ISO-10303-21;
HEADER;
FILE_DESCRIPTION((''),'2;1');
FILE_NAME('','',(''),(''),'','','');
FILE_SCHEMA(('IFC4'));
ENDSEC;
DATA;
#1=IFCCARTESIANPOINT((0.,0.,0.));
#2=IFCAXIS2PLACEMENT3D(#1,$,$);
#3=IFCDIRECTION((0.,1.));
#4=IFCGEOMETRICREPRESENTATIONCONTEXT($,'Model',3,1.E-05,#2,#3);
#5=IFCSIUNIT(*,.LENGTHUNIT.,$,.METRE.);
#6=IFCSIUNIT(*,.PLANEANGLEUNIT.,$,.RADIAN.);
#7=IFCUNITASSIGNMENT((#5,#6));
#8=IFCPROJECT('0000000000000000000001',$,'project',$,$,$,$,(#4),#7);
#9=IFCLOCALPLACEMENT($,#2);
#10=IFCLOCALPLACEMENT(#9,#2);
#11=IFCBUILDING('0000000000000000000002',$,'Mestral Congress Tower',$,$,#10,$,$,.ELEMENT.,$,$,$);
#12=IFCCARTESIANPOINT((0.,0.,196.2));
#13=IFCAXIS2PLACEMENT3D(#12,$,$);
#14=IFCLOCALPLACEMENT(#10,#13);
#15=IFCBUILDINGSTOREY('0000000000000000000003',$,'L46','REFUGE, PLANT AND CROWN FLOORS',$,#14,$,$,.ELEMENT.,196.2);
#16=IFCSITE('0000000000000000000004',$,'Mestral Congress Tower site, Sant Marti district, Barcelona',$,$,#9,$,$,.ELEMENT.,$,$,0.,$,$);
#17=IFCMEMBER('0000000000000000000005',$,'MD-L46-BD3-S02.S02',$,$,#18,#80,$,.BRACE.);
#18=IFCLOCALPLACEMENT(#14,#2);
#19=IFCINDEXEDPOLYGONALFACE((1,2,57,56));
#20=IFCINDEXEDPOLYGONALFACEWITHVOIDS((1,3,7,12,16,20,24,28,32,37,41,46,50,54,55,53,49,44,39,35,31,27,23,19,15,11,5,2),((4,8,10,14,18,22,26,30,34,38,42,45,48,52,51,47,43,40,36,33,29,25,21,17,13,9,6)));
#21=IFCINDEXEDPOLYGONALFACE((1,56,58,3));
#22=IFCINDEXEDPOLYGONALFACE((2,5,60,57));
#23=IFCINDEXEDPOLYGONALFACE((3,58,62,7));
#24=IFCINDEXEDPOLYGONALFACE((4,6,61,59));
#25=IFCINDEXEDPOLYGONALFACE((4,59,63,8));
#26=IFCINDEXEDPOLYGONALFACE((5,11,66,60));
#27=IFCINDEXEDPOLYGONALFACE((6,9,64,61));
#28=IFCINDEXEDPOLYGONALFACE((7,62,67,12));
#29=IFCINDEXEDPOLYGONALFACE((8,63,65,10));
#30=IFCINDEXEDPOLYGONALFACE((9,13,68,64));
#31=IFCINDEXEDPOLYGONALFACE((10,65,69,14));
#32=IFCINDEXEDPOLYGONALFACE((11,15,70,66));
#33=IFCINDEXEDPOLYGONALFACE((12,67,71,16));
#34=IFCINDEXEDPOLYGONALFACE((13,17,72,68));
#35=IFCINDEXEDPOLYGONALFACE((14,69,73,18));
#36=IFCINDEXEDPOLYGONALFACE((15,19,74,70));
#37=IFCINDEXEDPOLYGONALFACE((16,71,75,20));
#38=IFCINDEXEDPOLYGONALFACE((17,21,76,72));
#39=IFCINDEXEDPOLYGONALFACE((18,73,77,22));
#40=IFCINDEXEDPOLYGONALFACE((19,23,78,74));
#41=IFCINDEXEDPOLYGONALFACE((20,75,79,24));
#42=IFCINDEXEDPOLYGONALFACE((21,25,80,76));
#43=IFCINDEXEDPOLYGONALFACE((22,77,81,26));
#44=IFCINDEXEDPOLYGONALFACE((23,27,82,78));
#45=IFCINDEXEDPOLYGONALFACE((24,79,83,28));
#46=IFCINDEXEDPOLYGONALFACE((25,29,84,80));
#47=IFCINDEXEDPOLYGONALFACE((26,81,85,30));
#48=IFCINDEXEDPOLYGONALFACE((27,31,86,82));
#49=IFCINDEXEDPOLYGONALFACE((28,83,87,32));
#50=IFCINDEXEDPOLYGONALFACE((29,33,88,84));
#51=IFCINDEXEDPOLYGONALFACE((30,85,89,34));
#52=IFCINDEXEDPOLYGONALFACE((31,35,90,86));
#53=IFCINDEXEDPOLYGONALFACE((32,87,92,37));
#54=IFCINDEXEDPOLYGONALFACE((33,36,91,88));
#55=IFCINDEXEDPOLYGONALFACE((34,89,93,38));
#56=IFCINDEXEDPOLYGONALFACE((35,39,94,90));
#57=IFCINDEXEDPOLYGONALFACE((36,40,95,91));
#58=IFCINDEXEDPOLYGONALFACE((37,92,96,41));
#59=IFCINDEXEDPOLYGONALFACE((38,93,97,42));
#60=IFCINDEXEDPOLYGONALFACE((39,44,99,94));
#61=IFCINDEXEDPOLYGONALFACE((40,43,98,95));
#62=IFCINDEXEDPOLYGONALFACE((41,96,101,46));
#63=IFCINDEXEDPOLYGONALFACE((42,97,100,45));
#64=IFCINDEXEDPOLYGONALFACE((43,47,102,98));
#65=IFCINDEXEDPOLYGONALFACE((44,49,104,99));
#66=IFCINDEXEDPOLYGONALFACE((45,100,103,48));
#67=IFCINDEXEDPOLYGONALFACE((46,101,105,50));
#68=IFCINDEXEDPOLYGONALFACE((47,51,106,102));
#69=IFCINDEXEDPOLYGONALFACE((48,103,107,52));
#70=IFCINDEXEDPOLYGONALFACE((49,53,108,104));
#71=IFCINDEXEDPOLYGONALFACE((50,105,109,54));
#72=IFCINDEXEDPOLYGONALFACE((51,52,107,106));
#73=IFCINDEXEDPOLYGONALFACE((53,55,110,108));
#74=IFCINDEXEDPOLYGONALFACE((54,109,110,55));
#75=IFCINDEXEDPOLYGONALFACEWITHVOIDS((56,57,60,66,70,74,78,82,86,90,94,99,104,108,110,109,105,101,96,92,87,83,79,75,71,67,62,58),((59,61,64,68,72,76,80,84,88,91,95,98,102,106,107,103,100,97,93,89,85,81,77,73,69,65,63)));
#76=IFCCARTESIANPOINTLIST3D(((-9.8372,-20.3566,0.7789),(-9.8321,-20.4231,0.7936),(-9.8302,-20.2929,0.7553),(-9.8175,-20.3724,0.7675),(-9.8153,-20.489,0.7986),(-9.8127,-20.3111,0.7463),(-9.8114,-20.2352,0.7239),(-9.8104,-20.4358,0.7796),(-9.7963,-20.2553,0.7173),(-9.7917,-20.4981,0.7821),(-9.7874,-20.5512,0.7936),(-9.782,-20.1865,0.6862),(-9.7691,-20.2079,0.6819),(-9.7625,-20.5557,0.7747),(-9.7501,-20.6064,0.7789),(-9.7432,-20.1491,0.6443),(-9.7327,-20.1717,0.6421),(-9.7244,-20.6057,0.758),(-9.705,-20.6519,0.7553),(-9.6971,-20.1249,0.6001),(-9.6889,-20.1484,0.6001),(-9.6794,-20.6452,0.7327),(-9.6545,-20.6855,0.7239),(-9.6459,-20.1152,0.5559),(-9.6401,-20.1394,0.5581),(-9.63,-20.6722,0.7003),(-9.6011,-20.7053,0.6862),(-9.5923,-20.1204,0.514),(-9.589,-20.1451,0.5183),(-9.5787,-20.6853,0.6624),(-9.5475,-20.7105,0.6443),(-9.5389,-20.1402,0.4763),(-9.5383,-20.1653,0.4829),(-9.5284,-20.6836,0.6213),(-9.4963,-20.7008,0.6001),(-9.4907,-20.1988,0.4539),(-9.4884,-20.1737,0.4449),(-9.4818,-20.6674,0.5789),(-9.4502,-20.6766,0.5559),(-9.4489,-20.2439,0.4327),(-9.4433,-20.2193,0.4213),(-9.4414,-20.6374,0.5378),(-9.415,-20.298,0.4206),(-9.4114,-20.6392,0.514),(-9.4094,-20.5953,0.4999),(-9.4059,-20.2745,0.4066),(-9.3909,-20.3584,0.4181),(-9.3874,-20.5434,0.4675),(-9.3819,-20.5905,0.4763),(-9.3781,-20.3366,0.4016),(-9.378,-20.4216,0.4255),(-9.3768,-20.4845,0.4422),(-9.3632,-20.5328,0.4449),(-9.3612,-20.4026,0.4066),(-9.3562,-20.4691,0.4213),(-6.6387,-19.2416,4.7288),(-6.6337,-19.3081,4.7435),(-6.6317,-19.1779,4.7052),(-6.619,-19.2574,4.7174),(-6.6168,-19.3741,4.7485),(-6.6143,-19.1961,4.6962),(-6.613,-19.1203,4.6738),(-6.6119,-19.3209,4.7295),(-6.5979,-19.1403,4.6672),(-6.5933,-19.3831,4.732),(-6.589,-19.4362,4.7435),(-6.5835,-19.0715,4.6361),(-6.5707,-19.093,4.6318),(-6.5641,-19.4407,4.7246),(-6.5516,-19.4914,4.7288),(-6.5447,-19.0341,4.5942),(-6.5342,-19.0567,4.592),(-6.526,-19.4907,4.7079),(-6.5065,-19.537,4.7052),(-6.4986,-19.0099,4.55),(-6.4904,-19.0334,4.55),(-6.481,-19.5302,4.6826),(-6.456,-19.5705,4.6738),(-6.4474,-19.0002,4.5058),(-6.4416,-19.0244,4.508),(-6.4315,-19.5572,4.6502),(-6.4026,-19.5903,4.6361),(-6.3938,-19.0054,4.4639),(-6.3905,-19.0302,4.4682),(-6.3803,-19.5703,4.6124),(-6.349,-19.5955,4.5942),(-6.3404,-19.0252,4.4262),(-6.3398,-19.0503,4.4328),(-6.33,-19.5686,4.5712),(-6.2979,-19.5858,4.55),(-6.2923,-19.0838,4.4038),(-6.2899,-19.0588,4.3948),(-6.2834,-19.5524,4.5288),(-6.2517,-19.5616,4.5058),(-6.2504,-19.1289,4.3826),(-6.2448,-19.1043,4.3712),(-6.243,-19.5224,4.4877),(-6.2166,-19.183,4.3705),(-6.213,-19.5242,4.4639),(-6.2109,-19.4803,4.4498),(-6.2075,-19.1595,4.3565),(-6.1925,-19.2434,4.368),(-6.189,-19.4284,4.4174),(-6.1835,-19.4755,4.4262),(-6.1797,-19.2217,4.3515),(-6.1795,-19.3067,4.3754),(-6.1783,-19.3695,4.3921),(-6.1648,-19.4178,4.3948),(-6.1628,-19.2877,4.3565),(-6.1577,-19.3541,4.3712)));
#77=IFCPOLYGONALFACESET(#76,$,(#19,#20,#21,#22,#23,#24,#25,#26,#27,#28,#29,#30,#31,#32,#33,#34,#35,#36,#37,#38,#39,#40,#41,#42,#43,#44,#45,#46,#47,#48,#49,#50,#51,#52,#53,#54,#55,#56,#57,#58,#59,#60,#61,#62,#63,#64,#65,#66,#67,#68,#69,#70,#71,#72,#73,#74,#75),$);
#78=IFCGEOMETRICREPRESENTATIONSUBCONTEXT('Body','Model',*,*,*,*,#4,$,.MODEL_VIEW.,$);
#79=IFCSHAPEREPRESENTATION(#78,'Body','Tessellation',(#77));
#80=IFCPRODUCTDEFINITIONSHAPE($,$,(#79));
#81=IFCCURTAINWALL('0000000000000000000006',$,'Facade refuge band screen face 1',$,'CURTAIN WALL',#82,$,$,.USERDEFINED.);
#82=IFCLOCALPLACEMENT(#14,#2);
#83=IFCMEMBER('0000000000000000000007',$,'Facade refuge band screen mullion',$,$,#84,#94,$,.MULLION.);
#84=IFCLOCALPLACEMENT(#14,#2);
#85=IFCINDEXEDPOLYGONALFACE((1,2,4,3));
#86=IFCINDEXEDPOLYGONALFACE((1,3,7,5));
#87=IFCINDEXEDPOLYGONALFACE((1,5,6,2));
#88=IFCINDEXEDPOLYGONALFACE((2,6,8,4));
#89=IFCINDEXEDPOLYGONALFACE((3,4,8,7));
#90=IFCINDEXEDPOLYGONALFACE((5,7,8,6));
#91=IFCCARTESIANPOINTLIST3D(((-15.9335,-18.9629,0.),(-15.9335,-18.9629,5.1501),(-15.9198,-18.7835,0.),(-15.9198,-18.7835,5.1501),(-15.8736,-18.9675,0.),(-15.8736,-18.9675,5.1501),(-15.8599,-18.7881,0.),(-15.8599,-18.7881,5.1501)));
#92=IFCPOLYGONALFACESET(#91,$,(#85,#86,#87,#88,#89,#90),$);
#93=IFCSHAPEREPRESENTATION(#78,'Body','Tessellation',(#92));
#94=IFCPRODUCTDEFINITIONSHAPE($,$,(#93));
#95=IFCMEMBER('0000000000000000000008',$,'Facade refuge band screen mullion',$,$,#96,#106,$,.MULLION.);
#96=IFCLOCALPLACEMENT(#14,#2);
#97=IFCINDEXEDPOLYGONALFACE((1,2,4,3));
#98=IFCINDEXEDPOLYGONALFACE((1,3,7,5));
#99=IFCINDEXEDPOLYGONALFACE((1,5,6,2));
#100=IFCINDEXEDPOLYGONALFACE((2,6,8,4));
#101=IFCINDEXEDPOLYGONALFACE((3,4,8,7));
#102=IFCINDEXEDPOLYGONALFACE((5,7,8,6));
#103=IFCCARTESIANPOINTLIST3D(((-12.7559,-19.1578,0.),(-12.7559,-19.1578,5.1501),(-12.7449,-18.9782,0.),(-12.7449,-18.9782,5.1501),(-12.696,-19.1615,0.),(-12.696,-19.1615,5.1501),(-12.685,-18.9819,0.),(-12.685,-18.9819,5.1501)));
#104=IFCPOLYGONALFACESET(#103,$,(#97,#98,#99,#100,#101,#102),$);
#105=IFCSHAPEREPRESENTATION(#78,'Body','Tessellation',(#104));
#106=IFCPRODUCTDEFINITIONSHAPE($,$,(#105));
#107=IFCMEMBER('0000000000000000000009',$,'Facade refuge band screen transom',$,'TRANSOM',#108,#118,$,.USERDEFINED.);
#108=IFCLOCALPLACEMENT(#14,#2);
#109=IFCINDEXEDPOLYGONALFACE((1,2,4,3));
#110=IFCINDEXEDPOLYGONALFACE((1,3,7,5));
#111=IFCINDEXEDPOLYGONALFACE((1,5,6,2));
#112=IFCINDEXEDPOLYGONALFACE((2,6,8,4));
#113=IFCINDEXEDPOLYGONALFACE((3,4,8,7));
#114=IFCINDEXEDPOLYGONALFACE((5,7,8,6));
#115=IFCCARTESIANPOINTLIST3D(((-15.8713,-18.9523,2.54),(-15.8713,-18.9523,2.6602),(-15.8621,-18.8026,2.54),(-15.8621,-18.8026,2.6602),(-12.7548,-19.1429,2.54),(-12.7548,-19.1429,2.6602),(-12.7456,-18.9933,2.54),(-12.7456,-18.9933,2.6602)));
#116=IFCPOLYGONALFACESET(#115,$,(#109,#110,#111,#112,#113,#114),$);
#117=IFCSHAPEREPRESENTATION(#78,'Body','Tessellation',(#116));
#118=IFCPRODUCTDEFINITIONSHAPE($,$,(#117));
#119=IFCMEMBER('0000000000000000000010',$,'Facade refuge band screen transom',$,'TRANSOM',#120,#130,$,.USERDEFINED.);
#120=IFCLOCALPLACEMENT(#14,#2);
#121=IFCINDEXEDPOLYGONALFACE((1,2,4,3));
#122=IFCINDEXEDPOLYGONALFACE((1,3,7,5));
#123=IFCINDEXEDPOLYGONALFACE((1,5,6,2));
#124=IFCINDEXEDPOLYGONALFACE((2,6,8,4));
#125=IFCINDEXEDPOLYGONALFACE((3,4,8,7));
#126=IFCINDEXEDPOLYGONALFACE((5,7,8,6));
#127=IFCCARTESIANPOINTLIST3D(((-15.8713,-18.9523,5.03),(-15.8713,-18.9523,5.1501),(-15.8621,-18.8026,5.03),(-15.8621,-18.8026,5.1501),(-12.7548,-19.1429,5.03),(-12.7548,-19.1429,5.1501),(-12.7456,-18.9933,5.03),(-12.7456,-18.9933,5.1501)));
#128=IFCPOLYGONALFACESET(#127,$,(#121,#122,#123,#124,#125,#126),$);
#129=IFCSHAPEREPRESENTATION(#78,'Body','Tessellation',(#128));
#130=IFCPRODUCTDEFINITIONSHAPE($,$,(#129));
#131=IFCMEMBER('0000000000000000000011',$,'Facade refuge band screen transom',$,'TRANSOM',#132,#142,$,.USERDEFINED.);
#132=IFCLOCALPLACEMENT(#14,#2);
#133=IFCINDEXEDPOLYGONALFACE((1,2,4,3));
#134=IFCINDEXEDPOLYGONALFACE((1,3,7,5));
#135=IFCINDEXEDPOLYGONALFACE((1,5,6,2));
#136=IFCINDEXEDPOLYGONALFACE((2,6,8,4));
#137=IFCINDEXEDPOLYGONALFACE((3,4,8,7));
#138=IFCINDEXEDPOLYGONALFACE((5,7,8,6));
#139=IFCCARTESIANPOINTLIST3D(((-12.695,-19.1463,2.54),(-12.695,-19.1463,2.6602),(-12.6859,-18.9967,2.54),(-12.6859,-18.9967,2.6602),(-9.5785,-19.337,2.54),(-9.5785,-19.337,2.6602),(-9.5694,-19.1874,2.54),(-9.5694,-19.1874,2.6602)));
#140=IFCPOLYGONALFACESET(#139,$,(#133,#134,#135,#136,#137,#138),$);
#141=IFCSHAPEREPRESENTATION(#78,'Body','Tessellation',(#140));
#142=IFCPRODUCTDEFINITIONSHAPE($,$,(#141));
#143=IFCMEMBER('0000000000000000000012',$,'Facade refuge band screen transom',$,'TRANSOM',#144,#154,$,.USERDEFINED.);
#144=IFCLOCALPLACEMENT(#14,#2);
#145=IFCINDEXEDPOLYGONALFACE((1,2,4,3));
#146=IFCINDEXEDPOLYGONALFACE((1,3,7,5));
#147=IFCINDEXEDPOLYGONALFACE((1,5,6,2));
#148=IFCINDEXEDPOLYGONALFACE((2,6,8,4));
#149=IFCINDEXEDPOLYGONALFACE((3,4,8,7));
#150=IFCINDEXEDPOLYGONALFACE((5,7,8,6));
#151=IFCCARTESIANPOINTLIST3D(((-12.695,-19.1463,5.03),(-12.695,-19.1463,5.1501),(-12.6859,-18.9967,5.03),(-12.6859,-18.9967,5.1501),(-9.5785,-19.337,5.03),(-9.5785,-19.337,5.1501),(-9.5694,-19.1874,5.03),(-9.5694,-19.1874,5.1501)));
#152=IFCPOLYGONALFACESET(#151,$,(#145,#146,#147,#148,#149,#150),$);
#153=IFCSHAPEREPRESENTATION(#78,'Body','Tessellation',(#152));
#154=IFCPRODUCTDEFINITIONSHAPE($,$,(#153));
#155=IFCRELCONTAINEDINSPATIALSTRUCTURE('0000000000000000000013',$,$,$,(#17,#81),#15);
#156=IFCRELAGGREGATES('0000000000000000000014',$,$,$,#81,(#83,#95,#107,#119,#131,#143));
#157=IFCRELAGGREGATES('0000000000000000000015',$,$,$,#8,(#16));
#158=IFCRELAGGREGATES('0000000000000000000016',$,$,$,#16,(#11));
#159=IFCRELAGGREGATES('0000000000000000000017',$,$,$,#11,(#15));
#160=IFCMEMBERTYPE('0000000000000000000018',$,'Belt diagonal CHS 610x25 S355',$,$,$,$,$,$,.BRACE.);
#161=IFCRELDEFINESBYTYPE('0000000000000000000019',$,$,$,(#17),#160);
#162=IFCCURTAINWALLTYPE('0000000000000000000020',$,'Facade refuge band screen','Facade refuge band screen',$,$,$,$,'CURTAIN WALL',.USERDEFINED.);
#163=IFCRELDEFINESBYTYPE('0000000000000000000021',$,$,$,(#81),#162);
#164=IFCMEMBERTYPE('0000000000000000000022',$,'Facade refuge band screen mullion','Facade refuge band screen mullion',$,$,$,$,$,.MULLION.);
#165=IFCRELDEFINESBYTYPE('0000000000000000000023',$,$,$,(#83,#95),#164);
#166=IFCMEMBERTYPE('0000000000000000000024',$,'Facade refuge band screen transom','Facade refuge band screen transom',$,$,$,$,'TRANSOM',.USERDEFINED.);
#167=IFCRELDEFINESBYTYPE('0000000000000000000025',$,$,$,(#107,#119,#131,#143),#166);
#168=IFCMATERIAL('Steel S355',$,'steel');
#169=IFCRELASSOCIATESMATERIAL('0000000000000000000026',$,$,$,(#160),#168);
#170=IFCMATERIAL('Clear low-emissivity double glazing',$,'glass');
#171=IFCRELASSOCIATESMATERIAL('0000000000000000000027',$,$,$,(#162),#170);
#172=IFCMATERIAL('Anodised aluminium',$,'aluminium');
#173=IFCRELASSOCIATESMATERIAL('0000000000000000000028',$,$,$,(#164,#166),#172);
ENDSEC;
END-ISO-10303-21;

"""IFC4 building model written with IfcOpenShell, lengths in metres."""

from ifc_helpers import new_model, si_unit, direction, frame, origin, origin_2d, place, context, subcontext, project, spatial, rectangle, hollow_circle, extrude, material, material_profile, profile_set, type_object, element, aggregate, save


model = new_model("IFC4")

# Units and contexts
model_context = context("Model", 3, precision=1e-05, world=origin(), true_north=direction((0.0, 1.0)))
body_context = subcontext(model_context, "Body", "Model", "MODEL_VIEW")
ifc_project = project(units=[si_unit("LENGTHUNIT", "METRE"), si_unit("PLANEANGLEUNIT", "RADIAN")], contexts=[model_context])

# Site, building, storey
site_placement = place(None, origin())
site = spatial("IfcSite", under=ifc_project, at=site_placement, Name="Mestral Congress Tower site, Sant Marti district, Barcelona", CompositionType="ELEMENT", RefElevation=0.0)
building_placement = place(site_placement, origin())
building = spatial("IfcBuilding", under=site, at=building_placement, Name="Mestral Congress Tower", CompositionType="ELEMENT")
storey_placement = place(building_placement, frame((0.0, 0.0, 196.2)))
storey = spatial("IfcBuildingStorey", under=building, at=storey_placement, Name="L46", Description="REFUGE, PLANT AND CROWN FLOORS", CompositionType="ELEMENT", Elevation=196.2)

# Member
ifc_material_1 = material(Name="Steel S355", Category="steel")
ifc_material_profile_1 = material_profile(ifc_material_1, hollow_circle(Radius=0.3049, WallThickness=0.0249, at=origin_2d()), Name="CHS 610x25")
ifc_profile_set_1 = profile_set([ifc_material_profile_1], Name="Steel S355")
member_type_1 = type_object("IfcMemberType", Name="Belt diagonal CHS 610x25 S355", PredefinedType="BRACE", material=ifc_profile_set_1)
member_1_placement = place(storey_placement, frame((-9.5967, -20.4128, 0.6001), z_axis=(0.614689, 0.21428, 0.759106), x_axis=(-0.329172, 0.94427, 0.0)))
element("IfcMember", 1, at=member_1_placement, inside=storey, type_object=member_type_1, Name="MD-L46-BD3-S02.S02", PredefinedType="BRACE", context=body_context, shape_type="SweptSolid", body=[
    extrude(hollow_circle(Radius=0.3049, WallThickness=0.0249, at=origin_2d()), origin(), (0.0, 0.0, 1.0), 5.2034),
])

# Curtain wall, members
ifc_material_2 = material(Name="Clear low-emissivity double glazing", Category="glass")
curtain_wall_type = type_object("IfcCurtainWallType", Name="Facade refuge band screen", Description="Facade refuge band screen", ElementType="CURTAIN WALL", PredefinedType="USERDEFINED", material=ifc_material_2)
curtain_wall_placement = place(storey_placement, origin())
curtain_wall = element("IfcCurtainWall", 2, at=curtain_wall_placement, inside=storey, type_object=curtain_wall_type, Name="Facade refuge band screen face 1", ObjectType="CURTAIN WALL", PredefinedType="USERDEFINED")
ifc_material_3 = material(Name="Anodised aluminium", Category="aluminium")
ifc_material_profile_2 = material_profile(ifc_material_3, rectangle(XDim=0.1799, YDim=0.0601, at=origin_2d()), Name="CW3 mullion 180 x 60")
ifc_profile_set_2 = profile_set([ifc_material_profile_2], Name="Anodised aluminium")
member_type_2 = type_object("IfcMemberType", Name="Facade refuge band screen mullion", Description="Facade refuge band screen mullion", PredefinedType="MULLION", material=ifc_profile_set_2)
member_2_placement = place(storey_placement, frame((-15.8967, -18.8755, 0.0), z_axis=(0.0, 0.0, 1.0), x_axis=(-0.076237, -0.99709, 0.0)))
member_2 = element("IfcMember", 3, at=member_2_placement, type_object=member_type_2, Name="Facade refuge band screen mullion", PredefinedType="MULLION", context=body_context, shape_type="SweptSolid", body=[
    extrude(rectangle(XDim=0.1799, YDim=0.0601, at=origin_2d()), origin(), (0.0, 0.0, 1.0), 5.1501),
])
member_3_placement = place(storey_placement, frame((-12.7205, -19.0698, 0.0), z_axis=(0.0, 0.0, 1.0), x_axis=(-0.061012, -0.998137, 0.0)))
member_3 = element("IfcMember", 4, at=member_3_placement, type_object=member_type_2, Name="Facade refuge band screen mullion", PredefinedType="MULLION", context=body_context, shape_type="SweptSolid", body=[
    extrude(rectangle(XDim=0.1799, YDim=0.0601, at=origin_2d()), origin(), (0.0, 0.0, 1.0), 5.1501),
])
ifc_material_profile_3 = material_profile(ifc_material_3, rectangle(XDim=0.1499, YDim=0.1201, at=origin_2d()), Name="CW3 transom 150 x 120")
ifc_profile_set_3 = profile_set([ifc_material_profile_3], Name="Anodised aluminium")
member_type_3 = type_object("IfcMemberType", Name="Facade refuge band screen transom", Description="Facade refuge band screen transom", ElementType="TRANSOM", PredefinedType="USERDEFINED", material=ifc_profile_set_3)
member_4_placement = place(storey_placement, frame((-15.8667, -18.8774, 2.6001), z_axis=(0.998134, -0.061069, 0.0), x_axis=(0.061069, 0.998134, 0.0)))
member_4 = element("IfcMember", 5, at=member_4_placement, type_object=member_type_3, Name="Facade refuge band screen transom", ObjectType="TRANSOM", PredefinedType="USERDEFINED", context=body_context, shape_type="SweptSolid", body=[
    extrude(rectangle(XDim=0.1499, YDim=0.1201, at=origin_2d()), origin(), (0.0, 0.0, 1.0), 3.1223),
])
member_5_placement = place(storey_placement, frame((-15.8667, -18.8774, 5.0901), z_axis=(0.998134, -0.061069, 0.0), x_axis=(0.061069, 0.998134, 0.0)))
member_5 = element("IfcMember", 6, at=member_5_placement, type_object=member_type_3, Name="Facade refuge band screen transom", ObjectType="TRANSOM", PredefinedType="USERDEFINED", context=body_context, shape_type="SweptSolid", body=[
    extrude(rectangle(XDim=0.1499, YDim=0.1201, at=origin_2d()), origin(), (0.0, 0.0, 1.0), 3.1223),
])
member_6_placement = place(storey_placement, frame((-12.6904, -19.0715, 2.6001), z_axis=(0.998134, -0.061069, 0.0), x_axis=(0.061069, 0.998134, 0.0)))
member_6 = element("IfcMember", 7, at=member_6_placement, type_object=member_type_3, Name="Facade refuge band screen transom", ObjectType="TRANSOM", PredefinedType="USERDEFINED", context=body_context, shape_type="SweptSolid", body=[
    extrude(rectangle(XDim=0.1499, YDim=0.1201, at=origin_2d()), origin(), (0.0, 0.0, 1.0), 3.1223),
])
member_7_placement = place(storey_placement, frame((-12.6904, -19.0715, 5.0901), z_axis=(0.998134, -0.061069, 0.0), x_axis=(0.061069, 0.998134, 0.0)))
member_7 = element("IfcMember", 8, at=member_7_placement, type_object=member_type_3, Name="Facade refuge band screen transom", ObjectType="TRANSOM", PredefinedType="USERDEFINED", context=body_context, shape_type="SweptSolid", body=[
    extrude(rectangle(XDim=0.1499, YDim=0.1201, at=origin_2d()), origin(), (0.0, 0.0, 1.0), 3.1223),
])

aggregate(curtain_wall, [member_2, member_3, member_4, member_5, member_6, member_7])

save(model, "model.ifc")
